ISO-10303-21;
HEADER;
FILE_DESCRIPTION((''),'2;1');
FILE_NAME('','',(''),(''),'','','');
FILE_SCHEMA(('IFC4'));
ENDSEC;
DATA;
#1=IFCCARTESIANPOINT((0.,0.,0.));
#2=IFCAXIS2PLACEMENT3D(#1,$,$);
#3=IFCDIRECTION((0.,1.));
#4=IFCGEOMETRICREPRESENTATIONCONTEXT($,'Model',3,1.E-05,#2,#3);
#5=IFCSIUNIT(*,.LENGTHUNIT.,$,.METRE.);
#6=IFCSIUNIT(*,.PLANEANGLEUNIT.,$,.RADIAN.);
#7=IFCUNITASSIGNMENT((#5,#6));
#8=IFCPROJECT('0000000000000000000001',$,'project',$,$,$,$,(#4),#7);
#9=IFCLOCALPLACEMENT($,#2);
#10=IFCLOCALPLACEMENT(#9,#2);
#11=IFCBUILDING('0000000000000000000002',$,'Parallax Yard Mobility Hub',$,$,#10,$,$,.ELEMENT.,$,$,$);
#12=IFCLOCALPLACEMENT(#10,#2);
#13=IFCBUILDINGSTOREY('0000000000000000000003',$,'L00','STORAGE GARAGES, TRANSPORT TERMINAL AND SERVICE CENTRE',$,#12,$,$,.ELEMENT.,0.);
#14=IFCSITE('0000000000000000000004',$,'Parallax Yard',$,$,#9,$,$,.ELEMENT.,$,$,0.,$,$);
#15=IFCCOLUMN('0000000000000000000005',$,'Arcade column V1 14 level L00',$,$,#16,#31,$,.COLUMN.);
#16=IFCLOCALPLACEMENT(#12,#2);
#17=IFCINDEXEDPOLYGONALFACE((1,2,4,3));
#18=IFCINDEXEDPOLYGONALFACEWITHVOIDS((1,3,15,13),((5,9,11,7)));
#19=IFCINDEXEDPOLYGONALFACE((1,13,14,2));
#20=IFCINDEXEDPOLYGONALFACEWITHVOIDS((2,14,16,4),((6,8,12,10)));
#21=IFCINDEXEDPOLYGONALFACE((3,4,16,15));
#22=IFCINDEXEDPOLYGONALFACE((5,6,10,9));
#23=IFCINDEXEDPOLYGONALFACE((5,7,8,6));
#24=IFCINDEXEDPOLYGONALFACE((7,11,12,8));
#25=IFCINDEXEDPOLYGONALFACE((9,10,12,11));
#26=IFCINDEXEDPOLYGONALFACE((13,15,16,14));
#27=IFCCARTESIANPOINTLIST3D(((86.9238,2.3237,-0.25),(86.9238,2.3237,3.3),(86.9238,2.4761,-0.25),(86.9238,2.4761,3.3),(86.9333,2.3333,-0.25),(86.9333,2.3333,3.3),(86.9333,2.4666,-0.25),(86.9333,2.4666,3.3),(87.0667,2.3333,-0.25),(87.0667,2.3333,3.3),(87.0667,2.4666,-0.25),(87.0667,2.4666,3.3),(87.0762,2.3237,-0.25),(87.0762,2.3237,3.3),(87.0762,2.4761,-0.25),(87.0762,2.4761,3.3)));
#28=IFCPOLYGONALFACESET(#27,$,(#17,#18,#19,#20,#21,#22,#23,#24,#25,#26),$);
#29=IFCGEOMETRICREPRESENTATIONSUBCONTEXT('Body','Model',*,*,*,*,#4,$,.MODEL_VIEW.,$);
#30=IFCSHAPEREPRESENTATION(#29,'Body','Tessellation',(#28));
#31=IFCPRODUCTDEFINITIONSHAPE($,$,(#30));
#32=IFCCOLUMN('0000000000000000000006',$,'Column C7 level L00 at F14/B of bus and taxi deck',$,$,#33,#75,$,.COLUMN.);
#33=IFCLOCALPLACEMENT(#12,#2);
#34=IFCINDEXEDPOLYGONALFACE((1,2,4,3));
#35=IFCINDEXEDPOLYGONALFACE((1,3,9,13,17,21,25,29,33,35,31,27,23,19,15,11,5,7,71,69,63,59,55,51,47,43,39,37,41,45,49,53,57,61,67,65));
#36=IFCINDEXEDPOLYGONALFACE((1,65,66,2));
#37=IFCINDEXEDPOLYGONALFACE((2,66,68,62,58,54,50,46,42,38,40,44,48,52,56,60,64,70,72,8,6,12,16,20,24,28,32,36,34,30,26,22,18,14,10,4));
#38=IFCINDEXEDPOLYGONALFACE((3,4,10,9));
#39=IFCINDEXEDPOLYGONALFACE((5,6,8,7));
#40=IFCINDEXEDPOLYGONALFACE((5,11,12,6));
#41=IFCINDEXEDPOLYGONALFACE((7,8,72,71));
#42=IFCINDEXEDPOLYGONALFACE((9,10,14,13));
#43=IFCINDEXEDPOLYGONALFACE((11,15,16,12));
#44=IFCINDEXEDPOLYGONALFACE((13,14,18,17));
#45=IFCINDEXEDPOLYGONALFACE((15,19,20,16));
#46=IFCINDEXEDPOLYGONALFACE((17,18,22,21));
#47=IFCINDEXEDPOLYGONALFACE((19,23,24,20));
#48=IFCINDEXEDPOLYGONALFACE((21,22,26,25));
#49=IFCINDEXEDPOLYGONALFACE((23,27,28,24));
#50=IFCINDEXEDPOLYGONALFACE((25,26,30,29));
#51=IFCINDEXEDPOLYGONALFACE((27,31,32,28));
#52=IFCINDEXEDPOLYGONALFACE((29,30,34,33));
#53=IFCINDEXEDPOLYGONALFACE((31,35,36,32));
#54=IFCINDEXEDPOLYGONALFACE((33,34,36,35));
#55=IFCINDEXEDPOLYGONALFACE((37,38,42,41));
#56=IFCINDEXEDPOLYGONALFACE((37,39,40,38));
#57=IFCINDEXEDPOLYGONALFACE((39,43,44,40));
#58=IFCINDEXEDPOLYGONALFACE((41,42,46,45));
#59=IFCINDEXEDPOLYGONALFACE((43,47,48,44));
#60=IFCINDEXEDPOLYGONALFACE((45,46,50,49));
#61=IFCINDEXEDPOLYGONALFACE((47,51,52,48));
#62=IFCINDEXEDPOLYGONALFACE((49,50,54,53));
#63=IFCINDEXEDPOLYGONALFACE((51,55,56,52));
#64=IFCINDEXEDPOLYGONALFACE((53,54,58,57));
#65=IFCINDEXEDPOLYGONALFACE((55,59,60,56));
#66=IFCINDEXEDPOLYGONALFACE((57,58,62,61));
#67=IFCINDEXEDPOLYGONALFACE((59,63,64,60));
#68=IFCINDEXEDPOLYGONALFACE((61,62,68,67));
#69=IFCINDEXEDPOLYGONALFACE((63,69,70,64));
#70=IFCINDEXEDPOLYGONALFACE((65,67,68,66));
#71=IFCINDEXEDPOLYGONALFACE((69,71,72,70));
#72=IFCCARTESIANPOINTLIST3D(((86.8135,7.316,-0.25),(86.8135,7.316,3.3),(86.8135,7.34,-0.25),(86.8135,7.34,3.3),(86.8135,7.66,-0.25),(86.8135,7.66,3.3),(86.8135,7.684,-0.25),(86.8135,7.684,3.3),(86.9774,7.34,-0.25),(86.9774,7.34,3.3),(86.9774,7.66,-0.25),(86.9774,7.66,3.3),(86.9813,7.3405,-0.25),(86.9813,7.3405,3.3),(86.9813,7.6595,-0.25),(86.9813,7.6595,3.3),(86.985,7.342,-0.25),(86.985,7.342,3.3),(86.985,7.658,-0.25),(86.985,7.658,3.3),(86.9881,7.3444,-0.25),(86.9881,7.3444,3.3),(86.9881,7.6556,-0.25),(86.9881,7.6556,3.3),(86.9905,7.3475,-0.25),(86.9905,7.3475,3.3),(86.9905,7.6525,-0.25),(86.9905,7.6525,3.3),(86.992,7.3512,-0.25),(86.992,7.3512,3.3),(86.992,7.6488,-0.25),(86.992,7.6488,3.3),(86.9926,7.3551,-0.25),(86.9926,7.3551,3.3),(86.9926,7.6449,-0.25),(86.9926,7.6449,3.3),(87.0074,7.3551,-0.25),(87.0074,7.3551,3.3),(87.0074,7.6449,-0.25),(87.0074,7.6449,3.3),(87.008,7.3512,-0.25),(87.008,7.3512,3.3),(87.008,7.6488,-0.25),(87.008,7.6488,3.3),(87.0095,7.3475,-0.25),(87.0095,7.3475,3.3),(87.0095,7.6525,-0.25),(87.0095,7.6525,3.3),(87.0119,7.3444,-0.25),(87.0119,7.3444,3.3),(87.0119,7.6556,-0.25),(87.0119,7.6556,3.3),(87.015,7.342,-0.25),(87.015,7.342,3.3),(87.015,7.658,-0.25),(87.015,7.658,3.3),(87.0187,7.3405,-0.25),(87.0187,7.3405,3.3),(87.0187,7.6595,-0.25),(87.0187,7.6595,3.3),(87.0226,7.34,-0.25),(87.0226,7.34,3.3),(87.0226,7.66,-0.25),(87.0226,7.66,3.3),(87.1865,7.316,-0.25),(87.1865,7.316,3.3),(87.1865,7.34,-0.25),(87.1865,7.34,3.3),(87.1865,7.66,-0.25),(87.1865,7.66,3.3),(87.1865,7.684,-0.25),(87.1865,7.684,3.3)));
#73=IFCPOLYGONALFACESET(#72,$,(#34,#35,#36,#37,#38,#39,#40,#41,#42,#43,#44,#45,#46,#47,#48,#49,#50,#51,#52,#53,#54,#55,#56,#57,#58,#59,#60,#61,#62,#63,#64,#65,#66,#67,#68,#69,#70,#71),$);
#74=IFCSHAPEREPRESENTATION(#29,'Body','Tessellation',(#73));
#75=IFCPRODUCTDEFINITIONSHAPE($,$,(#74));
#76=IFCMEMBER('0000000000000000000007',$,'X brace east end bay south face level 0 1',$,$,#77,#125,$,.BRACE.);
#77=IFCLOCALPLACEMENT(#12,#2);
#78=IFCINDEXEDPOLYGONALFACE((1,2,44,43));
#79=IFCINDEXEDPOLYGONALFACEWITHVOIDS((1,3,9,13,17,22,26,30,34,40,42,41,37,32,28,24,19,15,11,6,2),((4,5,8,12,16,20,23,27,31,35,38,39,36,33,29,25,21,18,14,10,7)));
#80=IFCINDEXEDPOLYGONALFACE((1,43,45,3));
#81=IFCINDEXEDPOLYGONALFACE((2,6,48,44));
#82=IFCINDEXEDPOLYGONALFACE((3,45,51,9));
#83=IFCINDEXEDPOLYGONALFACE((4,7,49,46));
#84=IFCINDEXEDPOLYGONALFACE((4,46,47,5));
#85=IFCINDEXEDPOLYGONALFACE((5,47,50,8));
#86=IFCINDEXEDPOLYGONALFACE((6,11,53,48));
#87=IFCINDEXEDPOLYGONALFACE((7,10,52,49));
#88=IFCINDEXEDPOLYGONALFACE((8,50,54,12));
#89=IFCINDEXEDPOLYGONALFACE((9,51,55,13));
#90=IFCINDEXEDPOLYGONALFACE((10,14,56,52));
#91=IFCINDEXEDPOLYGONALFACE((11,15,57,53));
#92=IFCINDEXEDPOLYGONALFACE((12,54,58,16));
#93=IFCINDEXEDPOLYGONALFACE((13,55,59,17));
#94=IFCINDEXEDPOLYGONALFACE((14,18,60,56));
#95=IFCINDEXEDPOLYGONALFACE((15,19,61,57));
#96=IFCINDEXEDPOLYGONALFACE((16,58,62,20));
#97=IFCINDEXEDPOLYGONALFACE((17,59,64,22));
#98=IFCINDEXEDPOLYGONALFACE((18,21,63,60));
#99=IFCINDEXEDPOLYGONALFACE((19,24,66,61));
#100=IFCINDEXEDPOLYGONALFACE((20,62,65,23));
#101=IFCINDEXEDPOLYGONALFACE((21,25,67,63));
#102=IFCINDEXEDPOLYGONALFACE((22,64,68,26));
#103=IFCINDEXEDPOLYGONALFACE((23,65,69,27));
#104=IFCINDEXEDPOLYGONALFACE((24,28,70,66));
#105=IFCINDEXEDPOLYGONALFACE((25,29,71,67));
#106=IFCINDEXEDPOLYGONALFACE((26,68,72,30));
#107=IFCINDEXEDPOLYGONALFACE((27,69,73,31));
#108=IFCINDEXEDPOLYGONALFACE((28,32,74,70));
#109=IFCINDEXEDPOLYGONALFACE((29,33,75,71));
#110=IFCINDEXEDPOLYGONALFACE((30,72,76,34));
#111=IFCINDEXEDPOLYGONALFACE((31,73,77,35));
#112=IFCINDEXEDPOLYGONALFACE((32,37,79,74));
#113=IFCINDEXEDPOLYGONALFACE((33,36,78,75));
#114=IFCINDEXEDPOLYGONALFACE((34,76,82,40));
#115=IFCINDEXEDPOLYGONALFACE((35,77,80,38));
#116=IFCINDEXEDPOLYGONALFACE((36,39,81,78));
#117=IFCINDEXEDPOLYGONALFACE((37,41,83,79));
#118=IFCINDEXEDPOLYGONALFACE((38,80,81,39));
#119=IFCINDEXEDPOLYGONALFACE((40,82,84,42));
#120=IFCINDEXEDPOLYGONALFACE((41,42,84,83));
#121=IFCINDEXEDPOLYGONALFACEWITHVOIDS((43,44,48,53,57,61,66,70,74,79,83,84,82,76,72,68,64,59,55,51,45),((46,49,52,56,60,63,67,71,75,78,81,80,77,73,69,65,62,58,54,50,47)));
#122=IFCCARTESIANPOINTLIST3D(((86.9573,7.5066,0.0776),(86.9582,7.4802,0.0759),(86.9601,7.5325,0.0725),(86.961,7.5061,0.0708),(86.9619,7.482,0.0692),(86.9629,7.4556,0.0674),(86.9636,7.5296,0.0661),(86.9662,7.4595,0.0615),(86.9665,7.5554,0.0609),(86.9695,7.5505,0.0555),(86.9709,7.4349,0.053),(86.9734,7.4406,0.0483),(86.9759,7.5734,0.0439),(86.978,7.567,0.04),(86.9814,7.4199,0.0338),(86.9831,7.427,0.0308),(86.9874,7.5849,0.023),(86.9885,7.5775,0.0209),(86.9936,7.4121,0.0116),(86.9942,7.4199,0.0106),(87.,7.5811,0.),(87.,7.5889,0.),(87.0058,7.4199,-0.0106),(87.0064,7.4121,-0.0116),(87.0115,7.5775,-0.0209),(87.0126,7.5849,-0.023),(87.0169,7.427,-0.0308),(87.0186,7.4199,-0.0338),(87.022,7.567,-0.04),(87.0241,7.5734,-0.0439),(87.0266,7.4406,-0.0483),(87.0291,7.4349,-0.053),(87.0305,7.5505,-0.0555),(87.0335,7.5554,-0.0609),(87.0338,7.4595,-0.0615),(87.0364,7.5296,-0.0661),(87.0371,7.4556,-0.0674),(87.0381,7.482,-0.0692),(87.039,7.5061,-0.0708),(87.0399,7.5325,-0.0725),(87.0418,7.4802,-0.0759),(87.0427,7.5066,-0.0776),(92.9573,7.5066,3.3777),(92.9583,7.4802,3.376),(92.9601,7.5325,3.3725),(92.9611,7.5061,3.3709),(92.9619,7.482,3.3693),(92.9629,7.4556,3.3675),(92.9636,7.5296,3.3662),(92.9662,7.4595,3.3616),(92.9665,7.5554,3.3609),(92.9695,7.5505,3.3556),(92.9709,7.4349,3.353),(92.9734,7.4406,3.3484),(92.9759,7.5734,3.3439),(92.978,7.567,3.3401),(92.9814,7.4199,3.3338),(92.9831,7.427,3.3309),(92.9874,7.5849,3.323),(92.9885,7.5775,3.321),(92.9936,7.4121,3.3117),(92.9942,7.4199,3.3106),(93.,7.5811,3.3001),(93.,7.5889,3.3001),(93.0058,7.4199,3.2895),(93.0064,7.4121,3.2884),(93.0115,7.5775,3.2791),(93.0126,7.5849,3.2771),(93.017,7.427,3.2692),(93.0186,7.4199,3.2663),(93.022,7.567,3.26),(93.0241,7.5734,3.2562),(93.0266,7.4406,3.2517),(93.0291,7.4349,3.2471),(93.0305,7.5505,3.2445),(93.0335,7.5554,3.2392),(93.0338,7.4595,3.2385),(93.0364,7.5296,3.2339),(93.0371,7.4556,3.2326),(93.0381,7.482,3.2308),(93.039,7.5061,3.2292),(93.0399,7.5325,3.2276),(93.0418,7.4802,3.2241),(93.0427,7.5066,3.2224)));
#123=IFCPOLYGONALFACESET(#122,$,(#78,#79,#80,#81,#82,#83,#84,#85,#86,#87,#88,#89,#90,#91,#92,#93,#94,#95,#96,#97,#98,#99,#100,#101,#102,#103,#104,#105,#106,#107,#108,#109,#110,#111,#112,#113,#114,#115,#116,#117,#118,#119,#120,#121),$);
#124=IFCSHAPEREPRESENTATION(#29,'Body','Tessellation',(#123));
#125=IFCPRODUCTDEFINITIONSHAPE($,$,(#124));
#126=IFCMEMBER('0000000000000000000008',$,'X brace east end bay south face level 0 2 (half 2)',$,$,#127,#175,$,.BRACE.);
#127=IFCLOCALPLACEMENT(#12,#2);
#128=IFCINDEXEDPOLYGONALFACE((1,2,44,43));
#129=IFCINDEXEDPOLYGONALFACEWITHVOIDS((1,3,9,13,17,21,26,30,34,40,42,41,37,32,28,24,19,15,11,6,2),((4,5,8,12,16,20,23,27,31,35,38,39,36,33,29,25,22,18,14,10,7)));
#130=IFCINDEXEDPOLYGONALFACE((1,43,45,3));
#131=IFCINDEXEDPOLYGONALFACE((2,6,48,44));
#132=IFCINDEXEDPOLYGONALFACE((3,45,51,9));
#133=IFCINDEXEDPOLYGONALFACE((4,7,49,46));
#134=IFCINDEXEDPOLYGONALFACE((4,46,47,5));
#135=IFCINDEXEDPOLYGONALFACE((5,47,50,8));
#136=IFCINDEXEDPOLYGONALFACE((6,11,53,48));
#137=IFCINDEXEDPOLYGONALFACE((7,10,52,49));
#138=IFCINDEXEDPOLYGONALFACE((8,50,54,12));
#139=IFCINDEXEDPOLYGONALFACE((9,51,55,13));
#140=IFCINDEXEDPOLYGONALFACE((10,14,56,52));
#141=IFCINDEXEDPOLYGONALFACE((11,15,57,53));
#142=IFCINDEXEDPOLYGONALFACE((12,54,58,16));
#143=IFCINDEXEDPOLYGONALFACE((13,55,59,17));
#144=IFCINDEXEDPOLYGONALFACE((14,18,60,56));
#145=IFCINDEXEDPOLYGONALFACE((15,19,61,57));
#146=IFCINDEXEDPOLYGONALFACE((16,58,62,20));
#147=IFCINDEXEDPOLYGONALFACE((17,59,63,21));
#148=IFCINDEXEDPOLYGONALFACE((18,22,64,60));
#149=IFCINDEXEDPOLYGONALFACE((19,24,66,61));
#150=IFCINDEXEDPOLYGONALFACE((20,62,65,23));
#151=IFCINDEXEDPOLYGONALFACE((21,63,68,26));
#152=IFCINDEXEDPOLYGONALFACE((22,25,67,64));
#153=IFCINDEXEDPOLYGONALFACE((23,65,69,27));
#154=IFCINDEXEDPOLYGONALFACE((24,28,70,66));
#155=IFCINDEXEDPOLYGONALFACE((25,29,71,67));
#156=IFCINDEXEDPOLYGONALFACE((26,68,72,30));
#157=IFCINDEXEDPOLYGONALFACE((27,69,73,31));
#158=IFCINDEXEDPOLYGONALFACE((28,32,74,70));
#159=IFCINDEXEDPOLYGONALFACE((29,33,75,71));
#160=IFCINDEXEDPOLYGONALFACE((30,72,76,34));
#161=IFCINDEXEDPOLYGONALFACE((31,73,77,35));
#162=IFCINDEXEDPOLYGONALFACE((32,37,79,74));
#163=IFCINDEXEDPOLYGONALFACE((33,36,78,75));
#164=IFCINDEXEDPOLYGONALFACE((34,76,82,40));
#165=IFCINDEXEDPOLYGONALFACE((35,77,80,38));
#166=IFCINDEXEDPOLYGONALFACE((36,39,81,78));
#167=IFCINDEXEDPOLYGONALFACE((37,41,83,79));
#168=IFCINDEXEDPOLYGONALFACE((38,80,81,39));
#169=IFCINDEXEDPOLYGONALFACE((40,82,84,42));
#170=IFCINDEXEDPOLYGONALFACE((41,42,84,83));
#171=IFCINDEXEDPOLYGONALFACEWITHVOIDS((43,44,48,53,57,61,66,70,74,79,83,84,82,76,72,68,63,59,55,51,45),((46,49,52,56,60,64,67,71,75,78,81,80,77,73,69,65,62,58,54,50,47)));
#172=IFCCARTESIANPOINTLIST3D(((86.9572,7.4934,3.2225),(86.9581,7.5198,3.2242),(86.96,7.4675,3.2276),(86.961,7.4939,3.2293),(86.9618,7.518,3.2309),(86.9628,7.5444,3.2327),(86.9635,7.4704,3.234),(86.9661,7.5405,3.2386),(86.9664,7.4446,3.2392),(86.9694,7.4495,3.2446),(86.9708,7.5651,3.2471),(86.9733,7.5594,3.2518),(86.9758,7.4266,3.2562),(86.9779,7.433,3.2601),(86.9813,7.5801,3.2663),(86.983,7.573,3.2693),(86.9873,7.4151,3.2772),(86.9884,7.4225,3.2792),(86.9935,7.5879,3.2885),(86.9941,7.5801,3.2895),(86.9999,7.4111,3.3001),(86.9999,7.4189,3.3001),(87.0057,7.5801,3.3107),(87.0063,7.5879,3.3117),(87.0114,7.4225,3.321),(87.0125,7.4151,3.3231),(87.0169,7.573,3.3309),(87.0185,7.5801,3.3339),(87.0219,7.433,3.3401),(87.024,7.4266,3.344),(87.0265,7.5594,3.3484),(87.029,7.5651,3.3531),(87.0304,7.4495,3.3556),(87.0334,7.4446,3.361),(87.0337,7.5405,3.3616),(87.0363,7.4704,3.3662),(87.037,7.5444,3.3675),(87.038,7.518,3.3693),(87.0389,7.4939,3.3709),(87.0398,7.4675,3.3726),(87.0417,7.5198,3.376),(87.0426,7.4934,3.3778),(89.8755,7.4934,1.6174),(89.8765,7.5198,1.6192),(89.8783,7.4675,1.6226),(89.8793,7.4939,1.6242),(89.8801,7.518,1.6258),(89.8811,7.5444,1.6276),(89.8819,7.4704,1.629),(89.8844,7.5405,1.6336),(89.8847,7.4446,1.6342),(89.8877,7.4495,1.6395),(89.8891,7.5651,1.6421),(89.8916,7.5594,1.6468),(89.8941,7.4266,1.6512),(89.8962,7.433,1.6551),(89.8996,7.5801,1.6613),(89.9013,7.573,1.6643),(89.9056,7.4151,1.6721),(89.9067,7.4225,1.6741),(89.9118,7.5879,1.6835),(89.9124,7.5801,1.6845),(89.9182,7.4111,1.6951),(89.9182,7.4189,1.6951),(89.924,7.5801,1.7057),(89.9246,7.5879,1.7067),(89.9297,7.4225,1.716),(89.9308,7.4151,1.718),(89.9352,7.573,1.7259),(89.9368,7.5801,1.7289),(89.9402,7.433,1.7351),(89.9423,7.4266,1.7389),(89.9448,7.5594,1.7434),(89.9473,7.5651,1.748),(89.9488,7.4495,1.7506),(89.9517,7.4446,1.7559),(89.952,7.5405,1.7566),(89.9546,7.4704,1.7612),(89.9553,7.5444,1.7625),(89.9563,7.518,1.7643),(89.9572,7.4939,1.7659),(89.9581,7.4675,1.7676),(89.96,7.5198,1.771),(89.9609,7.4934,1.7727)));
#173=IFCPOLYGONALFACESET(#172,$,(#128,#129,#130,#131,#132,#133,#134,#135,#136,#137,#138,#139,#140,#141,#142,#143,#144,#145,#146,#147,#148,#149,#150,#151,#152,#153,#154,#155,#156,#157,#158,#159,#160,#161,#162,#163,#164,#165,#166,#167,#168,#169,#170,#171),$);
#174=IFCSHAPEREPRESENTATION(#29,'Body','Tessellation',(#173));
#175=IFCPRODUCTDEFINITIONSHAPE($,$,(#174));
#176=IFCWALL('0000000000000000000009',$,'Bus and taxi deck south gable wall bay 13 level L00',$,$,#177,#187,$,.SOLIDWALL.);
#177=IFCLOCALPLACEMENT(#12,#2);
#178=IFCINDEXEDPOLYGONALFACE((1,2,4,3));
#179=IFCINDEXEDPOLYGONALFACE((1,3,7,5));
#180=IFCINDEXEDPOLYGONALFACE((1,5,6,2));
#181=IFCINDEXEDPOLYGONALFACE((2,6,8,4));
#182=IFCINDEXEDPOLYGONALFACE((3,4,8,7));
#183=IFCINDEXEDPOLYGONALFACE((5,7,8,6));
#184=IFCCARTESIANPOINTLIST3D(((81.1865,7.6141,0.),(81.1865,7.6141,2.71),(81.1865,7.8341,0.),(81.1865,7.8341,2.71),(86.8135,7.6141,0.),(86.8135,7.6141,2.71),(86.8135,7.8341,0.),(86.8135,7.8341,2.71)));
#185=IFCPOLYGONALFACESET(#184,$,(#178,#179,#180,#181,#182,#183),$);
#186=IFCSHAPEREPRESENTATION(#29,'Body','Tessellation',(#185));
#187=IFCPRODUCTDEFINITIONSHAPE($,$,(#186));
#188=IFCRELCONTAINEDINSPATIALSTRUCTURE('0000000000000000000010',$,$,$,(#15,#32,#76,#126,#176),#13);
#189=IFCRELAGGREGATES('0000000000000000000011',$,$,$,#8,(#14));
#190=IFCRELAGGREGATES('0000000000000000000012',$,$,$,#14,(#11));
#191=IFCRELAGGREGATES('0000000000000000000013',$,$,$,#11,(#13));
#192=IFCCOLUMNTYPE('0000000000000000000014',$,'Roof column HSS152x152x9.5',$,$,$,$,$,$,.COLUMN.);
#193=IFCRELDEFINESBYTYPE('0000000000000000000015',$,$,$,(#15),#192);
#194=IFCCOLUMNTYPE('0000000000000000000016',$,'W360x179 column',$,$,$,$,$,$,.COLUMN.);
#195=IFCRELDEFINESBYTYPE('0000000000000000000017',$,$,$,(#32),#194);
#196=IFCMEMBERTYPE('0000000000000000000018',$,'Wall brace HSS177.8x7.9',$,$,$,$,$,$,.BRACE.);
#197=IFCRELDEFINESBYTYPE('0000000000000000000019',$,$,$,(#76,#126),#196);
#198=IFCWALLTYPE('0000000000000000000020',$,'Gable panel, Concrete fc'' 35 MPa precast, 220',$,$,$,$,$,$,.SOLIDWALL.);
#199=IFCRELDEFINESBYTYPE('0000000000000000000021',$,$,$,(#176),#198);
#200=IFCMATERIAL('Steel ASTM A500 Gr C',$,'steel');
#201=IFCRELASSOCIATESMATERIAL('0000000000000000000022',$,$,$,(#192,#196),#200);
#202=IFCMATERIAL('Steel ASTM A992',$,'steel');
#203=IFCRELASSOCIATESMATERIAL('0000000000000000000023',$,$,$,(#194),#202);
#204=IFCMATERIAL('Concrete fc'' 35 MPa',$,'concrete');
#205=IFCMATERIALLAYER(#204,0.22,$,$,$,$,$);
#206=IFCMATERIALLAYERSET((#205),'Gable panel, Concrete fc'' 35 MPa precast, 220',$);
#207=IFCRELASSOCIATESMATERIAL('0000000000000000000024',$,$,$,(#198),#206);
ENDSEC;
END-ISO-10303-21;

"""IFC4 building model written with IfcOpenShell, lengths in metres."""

from ifc_helpers import new_model, si_unit, direction, frame, frame_2d, origin, origin_2d, place, context, subcontext, project, spatial, rectangle, hollow_rectangle, hollow_circle, i_section, extrude, material, layer, layer_set, material_profile, profile_set, type_object, element, save


model = new_model("IFC4")

# Units and contexts
model_context = context("Model", 3, precision=1e-05, world=origin(), true_north=direction((0.0, 1.0)))
body_context = subcontext(model_context, "Body", "Model", "MODEL_VIEW")
ifc_project = project(units=[si_unit("LENGTHUNIT", "METRE"), si_unit("PLANEANGLEUNIT", "RADIAN")], contexts=[model_context])

# Site, building, storey
site_placement = place(None, origin())
site = spatial("IfcSite", under=ifc_project, at=site_placement, Name="Parallax Yard", CompositionType="ELEMENT", RefElevation=0.0)
building_placement = place(site_placement, origin())
building = spatial("IfcBuilding", under=site, at=building_placement, Name="Parallax Yard Mobility Hub", CompositionType="ELEMENT")
storey_placement = place(building_placement, origin())
storey = spatial("IfcBuildingStorey", under=building, at=storey_placement, Name="L00", Description="STORAGE GARAGES, TRANSPORT TERMINAL AND SERVICE CENTRE", CompositionType="ELEMENT", Elevation=0.0)

# Columns
ifc_material_1 = material(Name="Steel ASTM A500 Gr C", Category="steel")
ifc_material_profile_1 = material_profile(ifc_material_1, hollow_rectangle(XDim=0.1523, YDim=0.1523, WallThickness=0.0095, at=origin_2d()), Name="HSS152x152x9.5")
ifc_profile_set_1 = profile_set([ifc_material_profile_1], Name="Steel ASTM A500 Gr C")
column_type_1 = type_object("IfcColumnType", Name="Roof column HSS152x152x9.5", PredefinedType="COLUMN", material=ifc_profile_set_1)
column_1_placement = place(storey_placement, frame((87.0, 2.3999, -0.25), z_axis=(0.0, 0.0, 1.0), x_axis=(1.0, 0.0, 0.0)))
element("IfcColumn", 1, at=column_1_placement, inside=storey, type_object=column_type_1, Name="Arcade column V1 14 level L00", PredefinedType="COLUMN", context=body_context, shape_type="SweptSolid", body=[
    extrude(hollow_rectangle(XDim=0.1523, YDim=0.1523, WallThickness=0.0095, at=origin_2d()), origin(), (0.0, 0.0, 1.0), 3.55),
])
ifc_material_2 = material(Name="Steel ASTM A992", Category="steel")
ifc_material_profile_2 = material_profile(ifc_material_2, i_section(OverallWidth=0.373, OverallDepth=0.3679, WebThickness=0.0149, FlangeThickness=0.0239, FilletRadius=0.0151, at=origin_2d()), Name="W360x179")
ifc_profile_set_2 = profile_set([ifc_material_profile_2], Name="Steel ASTM A992")
column_type_2 = type_object("IfcColumnType", Name="W360x179 column", PredefinedType="COLUMN", material=ifc_profile_set_2)
column_2_placement = place(storey_placement, frame((87.0, 7.5, -0.25), z_axis=(0.0, 0.0, 1.0), x_axis=(1.0, 0.0, 0.0)))
element("IfcColumn", 2, at=column_2_placement, inside=storey, type_object=column_type_2, Name="Column C7 level L00 at F14/B of bus and taxi deck", PredefinedType="COLUMN", context=body_context, shape_type="SweptSolid", body=[
    extrude(i_section(OverallWidth=0.373, OverallDepth=0.3679, WebThickness=0.0149, FlangeThickness=0.0239, FilletRadius=0.0151, at=origin_2d()), origin(), (0.0, 0.0, 1.0), 3.55),
])

# Members
ifc_material_profile_3 = material_profile(ifc_material_1, hollow_circle(Radius=0.0889, WallThickness=0.0078, at=origin_2d()), Name="HSS177.8x7.9")
ifc_profile_set_3 = profile_set([ifc_material_profile_3], Name="Steel ASTM A500 Gr C")
member_type = type_object("IfcMemberType", Name="Wall brace HSS177.8x7.9", PredefinedType="BRACE", material=ifc_profile_set_3)
member_1_placement = place(storey_placement, frame((87.0, 7.5, 0.0), z_axis=(0.876213, 0.0, 0.481924), x_axis=(0.0, 1.0, 0.0)))
element("IfcMember", 3, at=member_1_placement, inside=storey, type_object=member_type, Name="X brace east end bay south face level 0 1", PredefinedType="BRACE", context=body_context, shape_type="SweptSolid", body=[
    extrude(hollow_circle(Radius=0.0889, WallThickness=0.0078, at=origin_2d()), origin(), (0.0, 0.0, 1.0), 6.8477),
])
member_2_placement = place(storey_placement, frame((89.9182, 7.5, 1.6951), z_axis=(-0.876221, 0.0, 0.48191), x_axis=(0.0, -1.0, 0.0)))
element("IfcMember", 4, at=member_2_placement, inside=storey, type_object=member_type, Name="X brace east end bay south face level 0 2 (half 2)", PredefinedType="BRACE", context=body_context, shape_type="SweptSolid", body=[
    extrude(hollow_circle(Radius=0.0889, WallThickness=0.0078, at=origin_2d()), origin(), (0.0, 0.0, 1.0), 3.3306),
])

# Wall
ifc_material_3 = material(Name="Concrete fc' 35 MPa", Category="concrete")
ifc_layer_1 = layer(ifc_material_3, 0.22)
ifc_layer_set_1 = layer_set([ifc_layer_1], Name="Gable panel, Concrete fc' 35 MPa precast, 220")
wall_type_1 = type_object("IfcWallType", Name="Gable panel, Concrete fc' 35 MPa precast, 220", PredefinedType="SOLIDWALL", material=ifc_layer_set_1)
wall_1_placement = place(storey_placement, frame((81.1865, 7.7241, 0.0), z_axis=(0.0, 0.0, 1.0), x_axis=(1.0, 0.0, 0.0)))
element("IfcWall", 5, at=wall_1_placement, inside=storey, type_object=wall_type_1, Name="Bus and taxi deck south gable wall bay 13 level L00", PredefinedType="SOLIDWALL", context=body_context, shape_type="SweptSolid", body=[
    extrude(rectangle(XDim=5.627, YDim=0.22, at=frame_2d((2.8135, 0.0))), origin(), (0.0, 0.0, 1.0), 2.71),
])

save(model, "model.ifc")
